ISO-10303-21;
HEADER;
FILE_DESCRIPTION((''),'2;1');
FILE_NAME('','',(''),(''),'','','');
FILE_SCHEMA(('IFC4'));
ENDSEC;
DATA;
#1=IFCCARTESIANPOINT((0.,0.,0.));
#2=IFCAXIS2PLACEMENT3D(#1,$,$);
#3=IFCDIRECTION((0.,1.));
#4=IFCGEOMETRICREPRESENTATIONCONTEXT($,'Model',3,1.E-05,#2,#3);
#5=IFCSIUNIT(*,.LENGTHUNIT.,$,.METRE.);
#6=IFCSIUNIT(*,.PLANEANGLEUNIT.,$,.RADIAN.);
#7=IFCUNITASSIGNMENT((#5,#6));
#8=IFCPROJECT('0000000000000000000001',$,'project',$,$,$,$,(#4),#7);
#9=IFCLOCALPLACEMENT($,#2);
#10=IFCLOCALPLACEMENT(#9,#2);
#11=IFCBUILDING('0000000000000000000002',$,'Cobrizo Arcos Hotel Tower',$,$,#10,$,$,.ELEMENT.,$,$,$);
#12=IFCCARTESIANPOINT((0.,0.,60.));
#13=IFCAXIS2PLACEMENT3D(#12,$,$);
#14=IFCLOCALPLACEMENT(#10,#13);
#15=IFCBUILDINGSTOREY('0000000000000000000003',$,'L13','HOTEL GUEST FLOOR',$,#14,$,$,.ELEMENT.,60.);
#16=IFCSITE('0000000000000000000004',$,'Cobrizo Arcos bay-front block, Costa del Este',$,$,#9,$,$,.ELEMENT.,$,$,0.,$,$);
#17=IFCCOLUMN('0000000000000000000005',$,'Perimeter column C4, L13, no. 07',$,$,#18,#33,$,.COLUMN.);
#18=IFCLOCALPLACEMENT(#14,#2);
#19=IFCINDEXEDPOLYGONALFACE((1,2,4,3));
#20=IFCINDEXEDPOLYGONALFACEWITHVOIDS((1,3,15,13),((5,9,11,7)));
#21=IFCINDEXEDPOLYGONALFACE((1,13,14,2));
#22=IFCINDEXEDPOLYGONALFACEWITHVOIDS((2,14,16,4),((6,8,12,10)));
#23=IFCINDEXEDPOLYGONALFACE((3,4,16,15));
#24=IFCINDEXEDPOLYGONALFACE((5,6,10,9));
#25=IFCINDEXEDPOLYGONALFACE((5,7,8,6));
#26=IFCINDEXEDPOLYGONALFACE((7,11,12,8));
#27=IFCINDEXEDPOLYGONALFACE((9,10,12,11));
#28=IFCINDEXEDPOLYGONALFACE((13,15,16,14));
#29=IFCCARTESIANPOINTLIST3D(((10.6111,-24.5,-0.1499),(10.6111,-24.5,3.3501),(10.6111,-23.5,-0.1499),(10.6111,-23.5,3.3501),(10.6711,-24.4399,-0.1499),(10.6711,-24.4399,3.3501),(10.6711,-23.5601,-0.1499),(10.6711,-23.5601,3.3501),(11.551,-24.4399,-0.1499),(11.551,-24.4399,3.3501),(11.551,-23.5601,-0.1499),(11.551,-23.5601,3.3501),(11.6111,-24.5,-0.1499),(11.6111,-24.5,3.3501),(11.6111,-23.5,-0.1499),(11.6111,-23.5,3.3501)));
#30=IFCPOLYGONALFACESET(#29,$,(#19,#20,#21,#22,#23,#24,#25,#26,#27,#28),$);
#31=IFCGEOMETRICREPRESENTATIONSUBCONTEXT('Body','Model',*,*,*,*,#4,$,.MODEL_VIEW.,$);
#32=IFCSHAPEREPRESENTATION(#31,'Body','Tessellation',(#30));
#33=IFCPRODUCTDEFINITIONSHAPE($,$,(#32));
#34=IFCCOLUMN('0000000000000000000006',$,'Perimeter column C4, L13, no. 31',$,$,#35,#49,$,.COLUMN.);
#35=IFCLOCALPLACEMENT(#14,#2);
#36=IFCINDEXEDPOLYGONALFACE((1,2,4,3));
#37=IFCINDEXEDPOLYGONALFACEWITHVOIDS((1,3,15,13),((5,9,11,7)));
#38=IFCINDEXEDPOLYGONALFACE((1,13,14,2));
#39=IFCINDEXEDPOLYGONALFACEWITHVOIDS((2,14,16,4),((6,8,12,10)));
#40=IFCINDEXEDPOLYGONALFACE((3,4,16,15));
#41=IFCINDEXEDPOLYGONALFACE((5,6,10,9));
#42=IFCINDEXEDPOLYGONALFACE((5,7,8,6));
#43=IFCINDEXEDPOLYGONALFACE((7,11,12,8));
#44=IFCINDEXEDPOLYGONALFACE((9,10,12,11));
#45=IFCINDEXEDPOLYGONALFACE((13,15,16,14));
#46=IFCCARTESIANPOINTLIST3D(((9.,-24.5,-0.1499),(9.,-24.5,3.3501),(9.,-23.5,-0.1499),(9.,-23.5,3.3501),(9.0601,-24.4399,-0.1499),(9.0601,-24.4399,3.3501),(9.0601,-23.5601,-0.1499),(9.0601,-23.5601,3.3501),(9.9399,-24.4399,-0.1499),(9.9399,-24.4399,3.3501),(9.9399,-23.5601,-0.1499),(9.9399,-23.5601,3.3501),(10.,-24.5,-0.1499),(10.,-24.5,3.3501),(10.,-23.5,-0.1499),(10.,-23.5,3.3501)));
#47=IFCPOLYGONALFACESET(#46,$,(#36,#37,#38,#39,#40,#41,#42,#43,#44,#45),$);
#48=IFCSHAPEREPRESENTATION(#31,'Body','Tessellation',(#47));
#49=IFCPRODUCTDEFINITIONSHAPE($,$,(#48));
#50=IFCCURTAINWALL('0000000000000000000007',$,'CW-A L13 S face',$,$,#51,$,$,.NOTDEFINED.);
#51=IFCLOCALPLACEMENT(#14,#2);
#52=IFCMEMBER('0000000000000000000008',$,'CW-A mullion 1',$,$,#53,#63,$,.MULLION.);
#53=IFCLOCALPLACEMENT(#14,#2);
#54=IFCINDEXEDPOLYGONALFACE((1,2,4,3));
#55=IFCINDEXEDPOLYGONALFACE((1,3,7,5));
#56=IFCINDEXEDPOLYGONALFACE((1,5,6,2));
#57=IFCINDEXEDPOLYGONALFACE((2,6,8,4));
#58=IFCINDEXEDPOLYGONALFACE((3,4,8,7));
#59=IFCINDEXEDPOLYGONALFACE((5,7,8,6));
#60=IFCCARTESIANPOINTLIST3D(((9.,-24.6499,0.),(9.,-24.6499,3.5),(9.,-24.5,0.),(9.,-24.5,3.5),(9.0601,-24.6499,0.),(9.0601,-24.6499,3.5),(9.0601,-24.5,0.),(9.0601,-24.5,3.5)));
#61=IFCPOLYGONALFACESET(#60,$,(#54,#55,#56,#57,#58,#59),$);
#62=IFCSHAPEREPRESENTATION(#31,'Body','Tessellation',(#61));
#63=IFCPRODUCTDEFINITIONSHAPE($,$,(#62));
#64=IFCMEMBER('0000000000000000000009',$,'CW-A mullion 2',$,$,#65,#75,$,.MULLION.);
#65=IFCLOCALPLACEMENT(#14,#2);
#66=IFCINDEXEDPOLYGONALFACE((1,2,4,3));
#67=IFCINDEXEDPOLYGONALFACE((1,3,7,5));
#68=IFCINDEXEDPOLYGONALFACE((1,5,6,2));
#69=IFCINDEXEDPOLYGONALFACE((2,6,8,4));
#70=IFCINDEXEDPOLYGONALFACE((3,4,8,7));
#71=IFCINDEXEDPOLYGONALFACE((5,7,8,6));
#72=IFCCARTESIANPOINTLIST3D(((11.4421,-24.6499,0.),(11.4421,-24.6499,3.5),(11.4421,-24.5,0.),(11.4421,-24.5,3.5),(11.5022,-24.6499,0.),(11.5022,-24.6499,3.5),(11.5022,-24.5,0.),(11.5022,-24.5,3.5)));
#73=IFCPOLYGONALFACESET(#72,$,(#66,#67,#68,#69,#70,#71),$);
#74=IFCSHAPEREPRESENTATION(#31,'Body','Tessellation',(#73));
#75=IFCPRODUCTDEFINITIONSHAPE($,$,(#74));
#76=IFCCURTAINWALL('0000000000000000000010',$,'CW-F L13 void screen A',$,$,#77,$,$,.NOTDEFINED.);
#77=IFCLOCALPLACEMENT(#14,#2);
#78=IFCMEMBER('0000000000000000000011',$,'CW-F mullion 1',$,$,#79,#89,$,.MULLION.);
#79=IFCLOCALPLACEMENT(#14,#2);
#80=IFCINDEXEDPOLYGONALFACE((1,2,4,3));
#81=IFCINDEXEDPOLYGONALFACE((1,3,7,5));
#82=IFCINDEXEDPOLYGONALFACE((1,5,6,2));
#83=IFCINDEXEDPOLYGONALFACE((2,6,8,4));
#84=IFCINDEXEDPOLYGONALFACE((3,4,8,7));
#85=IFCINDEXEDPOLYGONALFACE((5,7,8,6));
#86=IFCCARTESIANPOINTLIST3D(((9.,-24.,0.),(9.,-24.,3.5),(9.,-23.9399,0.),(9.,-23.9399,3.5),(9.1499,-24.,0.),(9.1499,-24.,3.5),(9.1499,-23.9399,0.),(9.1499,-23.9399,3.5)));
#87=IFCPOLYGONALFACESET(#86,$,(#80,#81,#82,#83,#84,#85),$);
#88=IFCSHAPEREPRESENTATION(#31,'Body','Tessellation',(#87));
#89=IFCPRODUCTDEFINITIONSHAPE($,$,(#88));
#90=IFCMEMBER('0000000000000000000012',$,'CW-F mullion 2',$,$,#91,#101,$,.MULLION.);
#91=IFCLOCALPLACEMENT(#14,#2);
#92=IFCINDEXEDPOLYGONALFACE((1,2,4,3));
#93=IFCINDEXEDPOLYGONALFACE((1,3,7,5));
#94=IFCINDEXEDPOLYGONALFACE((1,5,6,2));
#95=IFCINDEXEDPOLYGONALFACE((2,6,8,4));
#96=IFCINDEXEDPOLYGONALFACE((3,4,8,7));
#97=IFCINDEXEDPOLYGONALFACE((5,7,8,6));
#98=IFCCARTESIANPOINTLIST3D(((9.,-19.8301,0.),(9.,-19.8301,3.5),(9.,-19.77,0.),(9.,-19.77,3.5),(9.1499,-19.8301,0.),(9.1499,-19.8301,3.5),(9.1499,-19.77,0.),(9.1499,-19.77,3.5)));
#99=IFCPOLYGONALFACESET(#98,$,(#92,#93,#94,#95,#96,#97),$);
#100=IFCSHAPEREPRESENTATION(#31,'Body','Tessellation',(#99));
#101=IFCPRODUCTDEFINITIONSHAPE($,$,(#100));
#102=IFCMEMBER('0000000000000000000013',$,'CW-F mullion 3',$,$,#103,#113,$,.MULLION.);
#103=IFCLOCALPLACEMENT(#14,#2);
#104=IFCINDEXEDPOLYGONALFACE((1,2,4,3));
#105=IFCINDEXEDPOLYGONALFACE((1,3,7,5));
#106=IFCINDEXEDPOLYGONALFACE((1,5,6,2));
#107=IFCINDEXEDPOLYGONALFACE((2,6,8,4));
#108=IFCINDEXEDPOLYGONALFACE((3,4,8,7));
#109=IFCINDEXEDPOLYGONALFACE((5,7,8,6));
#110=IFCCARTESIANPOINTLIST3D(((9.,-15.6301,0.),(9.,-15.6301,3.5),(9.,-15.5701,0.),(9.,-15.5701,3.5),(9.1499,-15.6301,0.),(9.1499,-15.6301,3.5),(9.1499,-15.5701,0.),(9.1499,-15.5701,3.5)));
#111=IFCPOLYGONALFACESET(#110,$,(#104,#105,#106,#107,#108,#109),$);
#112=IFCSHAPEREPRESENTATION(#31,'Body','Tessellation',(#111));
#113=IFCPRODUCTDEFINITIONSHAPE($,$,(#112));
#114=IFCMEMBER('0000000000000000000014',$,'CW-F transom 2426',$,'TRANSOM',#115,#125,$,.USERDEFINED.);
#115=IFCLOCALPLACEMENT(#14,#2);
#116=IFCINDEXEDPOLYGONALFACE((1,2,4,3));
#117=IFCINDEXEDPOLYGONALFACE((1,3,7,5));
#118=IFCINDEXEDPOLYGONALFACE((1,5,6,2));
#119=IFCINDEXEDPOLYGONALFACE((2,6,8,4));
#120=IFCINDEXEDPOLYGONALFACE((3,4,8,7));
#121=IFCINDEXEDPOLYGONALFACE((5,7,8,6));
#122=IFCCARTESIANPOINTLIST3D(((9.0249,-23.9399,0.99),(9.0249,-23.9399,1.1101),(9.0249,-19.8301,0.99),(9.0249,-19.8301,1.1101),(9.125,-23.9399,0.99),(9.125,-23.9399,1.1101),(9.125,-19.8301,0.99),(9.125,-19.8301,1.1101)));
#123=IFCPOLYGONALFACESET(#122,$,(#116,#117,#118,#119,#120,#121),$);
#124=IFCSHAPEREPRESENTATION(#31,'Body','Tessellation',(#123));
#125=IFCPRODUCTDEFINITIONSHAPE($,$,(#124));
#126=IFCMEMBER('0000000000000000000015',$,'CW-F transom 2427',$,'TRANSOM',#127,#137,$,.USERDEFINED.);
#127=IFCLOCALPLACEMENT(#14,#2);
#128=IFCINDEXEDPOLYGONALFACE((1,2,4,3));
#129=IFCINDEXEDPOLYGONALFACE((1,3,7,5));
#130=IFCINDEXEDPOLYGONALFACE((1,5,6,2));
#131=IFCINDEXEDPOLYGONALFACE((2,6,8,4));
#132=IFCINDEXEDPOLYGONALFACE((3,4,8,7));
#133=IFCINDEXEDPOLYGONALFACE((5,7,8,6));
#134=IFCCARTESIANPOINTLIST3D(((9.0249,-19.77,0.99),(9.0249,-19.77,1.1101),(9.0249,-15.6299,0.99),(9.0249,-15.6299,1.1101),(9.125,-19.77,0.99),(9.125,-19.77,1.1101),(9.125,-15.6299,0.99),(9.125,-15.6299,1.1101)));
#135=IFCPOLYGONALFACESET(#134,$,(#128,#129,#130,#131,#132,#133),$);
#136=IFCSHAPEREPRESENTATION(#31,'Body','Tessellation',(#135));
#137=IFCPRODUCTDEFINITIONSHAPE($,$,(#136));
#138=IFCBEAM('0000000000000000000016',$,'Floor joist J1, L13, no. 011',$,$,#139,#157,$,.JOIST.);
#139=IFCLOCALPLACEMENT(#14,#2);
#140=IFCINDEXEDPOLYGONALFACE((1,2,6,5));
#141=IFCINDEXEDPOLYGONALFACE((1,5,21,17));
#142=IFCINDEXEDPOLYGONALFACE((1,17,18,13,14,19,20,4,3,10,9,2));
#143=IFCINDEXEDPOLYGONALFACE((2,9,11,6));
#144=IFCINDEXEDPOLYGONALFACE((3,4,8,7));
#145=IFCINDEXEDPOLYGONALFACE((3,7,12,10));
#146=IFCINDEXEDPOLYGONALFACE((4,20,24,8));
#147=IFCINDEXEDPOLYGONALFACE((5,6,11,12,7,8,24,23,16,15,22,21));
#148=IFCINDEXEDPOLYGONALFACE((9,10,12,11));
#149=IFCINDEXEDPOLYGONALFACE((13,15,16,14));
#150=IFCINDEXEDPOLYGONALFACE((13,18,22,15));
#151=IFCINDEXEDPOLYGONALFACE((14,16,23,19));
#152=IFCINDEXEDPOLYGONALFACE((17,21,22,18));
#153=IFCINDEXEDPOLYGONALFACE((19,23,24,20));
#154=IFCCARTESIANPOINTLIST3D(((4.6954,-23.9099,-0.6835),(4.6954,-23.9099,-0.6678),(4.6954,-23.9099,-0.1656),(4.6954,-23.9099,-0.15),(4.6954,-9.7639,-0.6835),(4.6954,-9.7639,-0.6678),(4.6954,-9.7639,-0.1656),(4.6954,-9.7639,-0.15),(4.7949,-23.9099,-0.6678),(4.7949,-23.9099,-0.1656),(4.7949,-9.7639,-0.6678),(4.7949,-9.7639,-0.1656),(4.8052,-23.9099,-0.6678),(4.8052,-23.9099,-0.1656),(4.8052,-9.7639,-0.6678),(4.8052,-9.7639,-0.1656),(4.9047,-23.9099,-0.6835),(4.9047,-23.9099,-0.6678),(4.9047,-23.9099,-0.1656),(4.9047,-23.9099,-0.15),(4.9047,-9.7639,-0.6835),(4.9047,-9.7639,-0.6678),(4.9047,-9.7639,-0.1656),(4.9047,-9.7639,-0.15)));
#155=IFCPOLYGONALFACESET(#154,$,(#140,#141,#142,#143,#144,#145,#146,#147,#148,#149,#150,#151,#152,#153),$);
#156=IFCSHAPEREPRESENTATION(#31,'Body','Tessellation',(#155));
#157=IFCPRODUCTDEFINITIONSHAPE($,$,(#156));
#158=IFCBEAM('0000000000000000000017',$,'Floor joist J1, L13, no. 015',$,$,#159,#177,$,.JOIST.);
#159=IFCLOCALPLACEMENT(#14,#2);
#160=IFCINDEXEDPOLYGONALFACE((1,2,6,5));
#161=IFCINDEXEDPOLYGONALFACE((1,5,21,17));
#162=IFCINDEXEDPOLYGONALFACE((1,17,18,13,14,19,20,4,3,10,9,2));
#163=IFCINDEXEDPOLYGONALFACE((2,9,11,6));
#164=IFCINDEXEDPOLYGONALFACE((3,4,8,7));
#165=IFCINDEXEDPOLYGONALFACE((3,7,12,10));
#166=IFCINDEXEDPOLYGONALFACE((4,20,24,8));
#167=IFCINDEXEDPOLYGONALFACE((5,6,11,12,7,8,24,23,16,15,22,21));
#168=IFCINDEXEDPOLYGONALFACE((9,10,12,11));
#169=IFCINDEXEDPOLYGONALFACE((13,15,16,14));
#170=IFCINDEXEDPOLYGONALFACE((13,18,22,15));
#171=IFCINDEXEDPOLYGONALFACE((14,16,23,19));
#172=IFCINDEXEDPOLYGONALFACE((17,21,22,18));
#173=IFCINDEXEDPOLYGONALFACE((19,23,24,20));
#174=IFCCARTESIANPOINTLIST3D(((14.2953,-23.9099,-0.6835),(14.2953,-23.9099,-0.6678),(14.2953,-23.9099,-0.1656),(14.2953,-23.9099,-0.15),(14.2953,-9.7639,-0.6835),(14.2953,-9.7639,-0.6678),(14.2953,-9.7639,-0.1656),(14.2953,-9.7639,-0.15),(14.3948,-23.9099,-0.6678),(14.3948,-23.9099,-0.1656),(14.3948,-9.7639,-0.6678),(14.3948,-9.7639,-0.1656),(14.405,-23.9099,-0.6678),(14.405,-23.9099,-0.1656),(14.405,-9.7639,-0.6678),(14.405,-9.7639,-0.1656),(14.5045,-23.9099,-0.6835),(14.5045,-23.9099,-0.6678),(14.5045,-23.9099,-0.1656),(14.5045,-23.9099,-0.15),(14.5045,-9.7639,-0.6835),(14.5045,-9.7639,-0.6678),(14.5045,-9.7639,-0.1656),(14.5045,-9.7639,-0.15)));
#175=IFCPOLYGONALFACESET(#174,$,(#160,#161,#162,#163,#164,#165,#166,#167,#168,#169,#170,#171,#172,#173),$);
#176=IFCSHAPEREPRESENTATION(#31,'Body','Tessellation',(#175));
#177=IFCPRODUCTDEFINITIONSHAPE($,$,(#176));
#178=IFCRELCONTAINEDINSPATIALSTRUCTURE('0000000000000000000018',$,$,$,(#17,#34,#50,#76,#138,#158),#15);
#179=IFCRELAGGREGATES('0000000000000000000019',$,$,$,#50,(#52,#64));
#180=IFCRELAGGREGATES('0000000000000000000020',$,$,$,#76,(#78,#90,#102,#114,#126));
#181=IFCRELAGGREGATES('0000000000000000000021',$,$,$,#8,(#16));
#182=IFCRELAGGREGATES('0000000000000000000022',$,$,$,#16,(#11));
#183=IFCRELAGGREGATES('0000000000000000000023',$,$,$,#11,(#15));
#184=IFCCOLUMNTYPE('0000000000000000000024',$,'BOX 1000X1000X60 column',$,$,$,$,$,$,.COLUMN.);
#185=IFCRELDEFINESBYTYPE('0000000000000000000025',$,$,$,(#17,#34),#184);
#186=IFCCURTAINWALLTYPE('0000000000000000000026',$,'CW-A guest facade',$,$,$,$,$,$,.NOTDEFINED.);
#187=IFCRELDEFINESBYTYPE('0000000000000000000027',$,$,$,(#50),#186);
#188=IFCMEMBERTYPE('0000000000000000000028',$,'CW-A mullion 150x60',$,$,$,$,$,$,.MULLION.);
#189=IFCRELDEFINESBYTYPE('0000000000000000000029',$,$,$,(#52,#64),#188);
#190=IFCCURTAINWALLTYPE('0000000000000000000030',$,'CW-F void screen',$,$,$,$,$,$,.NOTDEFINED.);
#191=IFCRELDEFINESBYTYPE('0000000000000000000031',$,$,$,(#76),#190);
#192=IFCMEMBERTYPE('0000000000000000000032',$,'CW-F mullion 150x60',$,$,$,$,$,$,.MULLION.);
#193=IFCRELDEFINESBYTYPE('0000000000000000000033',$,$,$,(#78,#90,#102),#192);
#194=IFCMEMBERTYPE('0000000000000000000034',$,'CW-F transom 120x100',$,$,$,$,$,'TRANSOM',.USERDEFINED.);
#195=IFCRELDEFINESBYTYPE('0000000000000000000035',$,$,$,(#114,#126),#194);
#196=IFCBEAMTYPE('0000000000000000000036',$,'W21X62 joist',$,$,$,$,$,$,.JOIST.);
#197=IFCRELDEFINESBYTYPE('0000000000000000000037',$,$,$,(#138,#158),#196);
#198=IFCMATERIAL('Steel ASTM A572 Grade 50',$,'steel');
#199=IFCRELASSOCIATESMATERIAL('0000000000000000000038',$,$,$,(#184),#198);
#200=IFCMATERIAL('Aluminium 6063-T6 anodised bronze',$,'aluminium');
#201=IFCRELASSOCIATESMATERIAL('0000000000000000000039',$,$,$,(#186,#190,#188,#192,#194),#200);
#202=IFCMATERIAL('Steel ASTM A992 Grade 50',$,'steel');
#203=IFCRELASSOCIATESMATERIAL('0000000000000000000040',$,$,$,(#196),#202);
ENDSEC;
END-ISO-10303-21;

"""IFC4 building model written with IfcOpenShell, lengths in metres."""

from ifc_helpers import new_model, si_unit, direction, frame, origin, origin_2d, place, context, subcontext, project, spatial, rectangle, hollow_rectangle, i_section, extrude, material, material_profile, profile_set, type_object, element, aggregate, save


model = new_model("IFC4")

# Units and contexts
model_context = context("Model", 3, precision=1e-05, world=origin(), true_north=direction((0.0, 1.0)))
body_context = subcontext(model_context, "Body", "Model", "MODEL_VIEW")
ifc_project = project(units=[si_unit("LENGTHUNIT", "METRE"), si_unit("PLANEANGLEUNIT", "RADIAN")], contexts=[model_context])

# Site, building, storey
site_placement = place(None, origin())
site = spatial("IfcSite", under=ifc_project, at=site_placement, Name="Cobrizo Arcos bay-front block, Costa del Este", CompositionType="ELEMENT", RefElevation=0.0)
building_placement = place(site_placement, origin())
building = spatial("IfcBuilding", under=site, at=building_placement, Name="Cobrizo Arcos Hotel Tower", CompositionType="ELEMENT")
storey_placement = place(building_placement, frame((0.0, 0.0, 60.0)))
storey = spatial("IfcBuildingStorey", under=building, at=storey_placement, Name="L13", Description="HOTEL GUEST FLOOR", CompositionType="ELEMENT", Elevation=60.0)

# Columns
ifc_material_1 = material(Name="Steel ASTM A572 Grade 50", Category="steel")
ifc_material_profile_1 = material_profile(ifc_material_1, hollow_rectangle(XDim=1.0, YDim=1.0, WallThickness=0.0601, at=origin_2d()), Name="BOX 1000X1000X60")
ifc_profile_set_1 = profile_set([ifc_material_profile_1], Name="Steel ASTM A572 Grade 50")
column_type = type_object("IfcColumnType", Name="BOX 1000X1000X60 column", PredefinedType="COLUMN", material=ifc_profile_set_1)
for number, where, z_axis, x_axis, name in (
    (1, (11.1111, -24.0, -0.1499), (0.0, 0.0, 1.0), (1.0, 0.0, 0.0), "Perimeter column C4, L13, no. 07"),
    (2, (9.5, -24.0, -0.1499), (0.0, 0.0, 1.0), (1.0, 0.0, 0.0), "Perimeter column C4, L13, no. 31"),
):
    element("IfcColumn", number, at=place(storey_placement, frame(where, z_axis=z_axis, x_axis=x_axis)), inside=storey, type_object=column_type, Name=name, PredefinedType="COLUMN", context=body_context, shape_type="SweptSolid", body=[
        extrude(hollow_rectangle(XDim=1.0, YDim=1.0, WallThickness=0.0601, at=origin_2d()), origin(), (0.0, 0.0, 1.0), 3.5),
    ])

# Curtain walls, members
ifc_material_2 = material(Name="Aluminium 6063-T6 anodised bronze", Category="aluminium")
curtain_wall_type_1 = type_object("IfcCurtainWallType", Name="CW-A guest facade", PredefinedType="NOTDEFINED", material=ifc_material_2)
curtain_wall_1_placement = place(storey_placement, origin())
curtain_wall_1 = element("IfcCurtainWall", 3, at=curtain_wall_1_placement, inside=storey, type_object=curtain_wall_type_1, Name="CW-A L13 S face", PredefinedType="NOTDEFINED")
ifc_material_profile_2 = material_profile(ifc_material_2, rectangle(XDim=0.1499, YDim=0.0601, at=origin_2d()), Name="CW-A mullion 150x60")
ifc_profile_set_2 = profile_set([ifc_material_profile_2], Name="Aluminium 6063-T6 anodised bronze")
member_type_1 = type_object("IfcMemberType", Name="CW-A mullion 150x60", PredefinedType="MULLION", material=ifc_profile_set_2)
member_1_placement = place(storey_placement, frame((9.03, -24.575, 0.0), z_axis=(0.0, 0.0, 1.0), x_axis=(0.0, -1.0, 0.0)))
member_1 = element("IfcMember", 4, at=member_1_placement, type_object=member_type_1, Name="CW-A mullion 1", PredefinedType="MULLION", context=body_context, shape_type="SweptSolid", body=[
    extrude(rectangle(XDim=0.1499, YDim=0.0601, at=origin_2d()), origin(), (0.0, 0.0, 1.0), 3.5),
])
member_2_placement = place(storey_placement, frame((11.4722, -24.575, 0.0), z_axis=(0.0, 0.0, 1.0), x_axis=(0.0, -1.0, 0.0)))
member_2 = element("IfcMember", 5, at=member_2_placement, type_object=member_type_1, Name="CW-A mullion 2", PredefinedType="MULLION", context=body_context, shape_type="SweptSolid", body=[
    extrude(rectangle(XDim=0.1499, YDim=0.0601, at=origin_2d()), origin(), (0.0, 0.0, 1.0), 3.5),
])
curtain_wall_type_2 = type_object("IfcCurtainWallType", Name="CW-F void screen", PredefinedType="NOTDEFINED", material=ifc_material_2)
curtain_wall_2_placement = place(storey_placement, origin())
curtain_wall_2 = element("IfcCurtainWall", 6, at=curtain_wall_2_placement, inside=storey, type_object=curtain_wall_type_2, Name="CW-F L13 void screen A", PredefinedType="NOTDEFINED")
ifc_material_profile_3 = material_profile(ifc_material_2, rectangle(XDim=0.1499, YDim=0.0601, at=origin_2d()), Name="CW-F mullion 150x60")
ifc_profile_set_3 = profile_set([ifc_material_profile_3], Name="Aluminium 6063-T6 anodised bronze")
member_type_2 = type_object("IfcMemberType", Name="CW-F mullion 150x60", PredefinedType="MULLION", material=ifc_profile_set_3)
member_3_placement = place(storey_placement, frame((9.075, -23.97, 0.0), z_axis=(0.0, 0.0, 1.0), x_axis=(1.0, 0.0, 0.0)))
member_3 = element("IfcMember", 7, at=member_3_placement, type_object=member_type_2, Name="CW-F mullion 1", PredefinedType="MULLION", context=body_context, shape_type="SweptSolid", body=[
    extrude(rectangle(XDim=0.1499, YDim=0.0601, at=origin_2d()), origin(), (0.0, 0.0, 1.0), 3.5),
])
member_4_placement = place(storey_placement, frame((9.075, -19.8, 0.0), z_axis=(0.0, 0.0, 1.0), x_axis=(1.0, 0.0, 0.0)))
member_4 = element("IfcMember", 8, at=member_4_placement, type_object=member_type_2, Name="CW-F mullion 2", PredefinedType="MULLION", context=body_context, shape_type="SweptSolid", body=[
    extrude(rectangle(XDim=0.1499, YDim=0.0601, at=origin_2d()), origin(), (0.0, 0.0, 1.0), 3.5),
])
member_5_placement = place(storey_placement, frame((9.075, -15.6001, 0.0), z_axis=(0.0, 0.0, 1.0), x_axis=(1.0, 0.0, 0.0)))
member_5 = element("IfcMember", 9, at=member_5_placement, type_object=member_type_2, Name="CW-F mullion 3", PredefinedType="MULLION", context=body_context, shape_type="SweptSolid", body=[
    extrude(rectangle(XDim=0.1499, YDim=0.0601, at=origin_2d()), origin(), (0.0, 0.0, 1.0), 3.5),
])
ifc_material_profile_4 = material_profile(ifc_material_2, rectangle(XDim=0.1001, YDim=0.1201, at=origin_2d()), Name="CW-F transom 120x100")
ifc_profile_set_4 = profile_set([ifc_material_profile_4], Name="Aluminium 6063-T6 anodised bronze")
member_type_3 = type_object("IfcMemberType", Name="CW-F transom 120x100", ElementType="TRANSOM", PredefinedType="USERDEFINED", material=ifc_profile_set_4)
member_6_placement = place(storey_placement, frame((9.075, -23.9399, 1.05), z_axis=(0.0, 1.0, 0.0), x_axis=(-1.0, 0.0, 0.0)))
member_6 = element("IfcMember", 10, at=member_6_placement, type_object=member_type_3, Name="CW-F transom 2426", ObjectType="TRANSOM", PredefinedType="USERDEFINED", context=body_context, shape_type="SweptSolid", body=[
    extrude(rectangle(XDim=0.1001, YDim=0.1201, at=origin_2d()), origin(), (0.0, 0.0, 1.0), 4.1099),
])
member_7_placement = place(storey_placement, frame((9.075, -19.77, 1.05), z_axis=(0.0, 1.0, 0.0), x_axis=(-1.0, 0.0, 0.0)))
member_7 = element("IfcMember", 11, at=member_7_placement, type_object=member_type_3, Name="CW-F transom 2427", ObjectType="TRANSOM", PredefinedType="USERDEFINED", context=body_context, shape_type="SweptSolid", body=[
    extrude(rectangle(XDim=0.1001, YDim=0.1201, at=origin_2d()), origin(), (0.0, 0.0, 1.0), 4.1401),
])

# Beams
ifc_material_3 = material(Name="Steel ASTM A992 Grade 50", Category="steel")
ifc_material_profile_5 = material_profile(ifc_material_3, i_section(OverallWidth=0.2092, OverallDepth=0.5334, WebThickness=0.0103, FlangeThickness=0.0156, at=origin_2d()), Name="W21X62")
ifc_profile_set_5 = profile_set([ifc_material_profile_5], Name="Steel ASTM A992 Grade 50")
beam_type_1 = type_object("IfcBeamType", Name="W21X62 joist", PredefinedType="JOIST", material=ifc_profile_set_5)
for number, where, z_axis, x_axis, name in (
    (12, (4.8, -23.9099, -0.4167), (0.0, 1.0, 0.0), (-1.0, 0.0, 0.0), "Floor joist J1, L13, no. 011"),
    (13, (14.3999, -23.9099, -0.4167), (0.0, 1.0, 0.0), (-1.0, 0.0, 0.0), "Floor joist J1, L13, no. 015"),
):
    element("IfcBeam", number, at=place(storey_placement, frame(where, z_axis=z_axis, x_axis=x_axis)), inside=storey, type_object=beam_type_1, Name=name, PredefinedType="JOIST", context=body_context, shape_type="SweptSolid", body=[
        extrude(i_section(OverallWidth=0.2092, OverallDepth=0.5334, WebThickness=0.0103, FlangeThickness=0.0156, at=origin_2d()), origin(), (0.0, 0.0, 1.0), 14.146),
    ])

aggregate(curtain_wall_1, [member_1, member_2])
aggregate(curtain_wall_2, [member_3, member_4, member_5, member_6, member_7])

save(model, "model.ifc")
